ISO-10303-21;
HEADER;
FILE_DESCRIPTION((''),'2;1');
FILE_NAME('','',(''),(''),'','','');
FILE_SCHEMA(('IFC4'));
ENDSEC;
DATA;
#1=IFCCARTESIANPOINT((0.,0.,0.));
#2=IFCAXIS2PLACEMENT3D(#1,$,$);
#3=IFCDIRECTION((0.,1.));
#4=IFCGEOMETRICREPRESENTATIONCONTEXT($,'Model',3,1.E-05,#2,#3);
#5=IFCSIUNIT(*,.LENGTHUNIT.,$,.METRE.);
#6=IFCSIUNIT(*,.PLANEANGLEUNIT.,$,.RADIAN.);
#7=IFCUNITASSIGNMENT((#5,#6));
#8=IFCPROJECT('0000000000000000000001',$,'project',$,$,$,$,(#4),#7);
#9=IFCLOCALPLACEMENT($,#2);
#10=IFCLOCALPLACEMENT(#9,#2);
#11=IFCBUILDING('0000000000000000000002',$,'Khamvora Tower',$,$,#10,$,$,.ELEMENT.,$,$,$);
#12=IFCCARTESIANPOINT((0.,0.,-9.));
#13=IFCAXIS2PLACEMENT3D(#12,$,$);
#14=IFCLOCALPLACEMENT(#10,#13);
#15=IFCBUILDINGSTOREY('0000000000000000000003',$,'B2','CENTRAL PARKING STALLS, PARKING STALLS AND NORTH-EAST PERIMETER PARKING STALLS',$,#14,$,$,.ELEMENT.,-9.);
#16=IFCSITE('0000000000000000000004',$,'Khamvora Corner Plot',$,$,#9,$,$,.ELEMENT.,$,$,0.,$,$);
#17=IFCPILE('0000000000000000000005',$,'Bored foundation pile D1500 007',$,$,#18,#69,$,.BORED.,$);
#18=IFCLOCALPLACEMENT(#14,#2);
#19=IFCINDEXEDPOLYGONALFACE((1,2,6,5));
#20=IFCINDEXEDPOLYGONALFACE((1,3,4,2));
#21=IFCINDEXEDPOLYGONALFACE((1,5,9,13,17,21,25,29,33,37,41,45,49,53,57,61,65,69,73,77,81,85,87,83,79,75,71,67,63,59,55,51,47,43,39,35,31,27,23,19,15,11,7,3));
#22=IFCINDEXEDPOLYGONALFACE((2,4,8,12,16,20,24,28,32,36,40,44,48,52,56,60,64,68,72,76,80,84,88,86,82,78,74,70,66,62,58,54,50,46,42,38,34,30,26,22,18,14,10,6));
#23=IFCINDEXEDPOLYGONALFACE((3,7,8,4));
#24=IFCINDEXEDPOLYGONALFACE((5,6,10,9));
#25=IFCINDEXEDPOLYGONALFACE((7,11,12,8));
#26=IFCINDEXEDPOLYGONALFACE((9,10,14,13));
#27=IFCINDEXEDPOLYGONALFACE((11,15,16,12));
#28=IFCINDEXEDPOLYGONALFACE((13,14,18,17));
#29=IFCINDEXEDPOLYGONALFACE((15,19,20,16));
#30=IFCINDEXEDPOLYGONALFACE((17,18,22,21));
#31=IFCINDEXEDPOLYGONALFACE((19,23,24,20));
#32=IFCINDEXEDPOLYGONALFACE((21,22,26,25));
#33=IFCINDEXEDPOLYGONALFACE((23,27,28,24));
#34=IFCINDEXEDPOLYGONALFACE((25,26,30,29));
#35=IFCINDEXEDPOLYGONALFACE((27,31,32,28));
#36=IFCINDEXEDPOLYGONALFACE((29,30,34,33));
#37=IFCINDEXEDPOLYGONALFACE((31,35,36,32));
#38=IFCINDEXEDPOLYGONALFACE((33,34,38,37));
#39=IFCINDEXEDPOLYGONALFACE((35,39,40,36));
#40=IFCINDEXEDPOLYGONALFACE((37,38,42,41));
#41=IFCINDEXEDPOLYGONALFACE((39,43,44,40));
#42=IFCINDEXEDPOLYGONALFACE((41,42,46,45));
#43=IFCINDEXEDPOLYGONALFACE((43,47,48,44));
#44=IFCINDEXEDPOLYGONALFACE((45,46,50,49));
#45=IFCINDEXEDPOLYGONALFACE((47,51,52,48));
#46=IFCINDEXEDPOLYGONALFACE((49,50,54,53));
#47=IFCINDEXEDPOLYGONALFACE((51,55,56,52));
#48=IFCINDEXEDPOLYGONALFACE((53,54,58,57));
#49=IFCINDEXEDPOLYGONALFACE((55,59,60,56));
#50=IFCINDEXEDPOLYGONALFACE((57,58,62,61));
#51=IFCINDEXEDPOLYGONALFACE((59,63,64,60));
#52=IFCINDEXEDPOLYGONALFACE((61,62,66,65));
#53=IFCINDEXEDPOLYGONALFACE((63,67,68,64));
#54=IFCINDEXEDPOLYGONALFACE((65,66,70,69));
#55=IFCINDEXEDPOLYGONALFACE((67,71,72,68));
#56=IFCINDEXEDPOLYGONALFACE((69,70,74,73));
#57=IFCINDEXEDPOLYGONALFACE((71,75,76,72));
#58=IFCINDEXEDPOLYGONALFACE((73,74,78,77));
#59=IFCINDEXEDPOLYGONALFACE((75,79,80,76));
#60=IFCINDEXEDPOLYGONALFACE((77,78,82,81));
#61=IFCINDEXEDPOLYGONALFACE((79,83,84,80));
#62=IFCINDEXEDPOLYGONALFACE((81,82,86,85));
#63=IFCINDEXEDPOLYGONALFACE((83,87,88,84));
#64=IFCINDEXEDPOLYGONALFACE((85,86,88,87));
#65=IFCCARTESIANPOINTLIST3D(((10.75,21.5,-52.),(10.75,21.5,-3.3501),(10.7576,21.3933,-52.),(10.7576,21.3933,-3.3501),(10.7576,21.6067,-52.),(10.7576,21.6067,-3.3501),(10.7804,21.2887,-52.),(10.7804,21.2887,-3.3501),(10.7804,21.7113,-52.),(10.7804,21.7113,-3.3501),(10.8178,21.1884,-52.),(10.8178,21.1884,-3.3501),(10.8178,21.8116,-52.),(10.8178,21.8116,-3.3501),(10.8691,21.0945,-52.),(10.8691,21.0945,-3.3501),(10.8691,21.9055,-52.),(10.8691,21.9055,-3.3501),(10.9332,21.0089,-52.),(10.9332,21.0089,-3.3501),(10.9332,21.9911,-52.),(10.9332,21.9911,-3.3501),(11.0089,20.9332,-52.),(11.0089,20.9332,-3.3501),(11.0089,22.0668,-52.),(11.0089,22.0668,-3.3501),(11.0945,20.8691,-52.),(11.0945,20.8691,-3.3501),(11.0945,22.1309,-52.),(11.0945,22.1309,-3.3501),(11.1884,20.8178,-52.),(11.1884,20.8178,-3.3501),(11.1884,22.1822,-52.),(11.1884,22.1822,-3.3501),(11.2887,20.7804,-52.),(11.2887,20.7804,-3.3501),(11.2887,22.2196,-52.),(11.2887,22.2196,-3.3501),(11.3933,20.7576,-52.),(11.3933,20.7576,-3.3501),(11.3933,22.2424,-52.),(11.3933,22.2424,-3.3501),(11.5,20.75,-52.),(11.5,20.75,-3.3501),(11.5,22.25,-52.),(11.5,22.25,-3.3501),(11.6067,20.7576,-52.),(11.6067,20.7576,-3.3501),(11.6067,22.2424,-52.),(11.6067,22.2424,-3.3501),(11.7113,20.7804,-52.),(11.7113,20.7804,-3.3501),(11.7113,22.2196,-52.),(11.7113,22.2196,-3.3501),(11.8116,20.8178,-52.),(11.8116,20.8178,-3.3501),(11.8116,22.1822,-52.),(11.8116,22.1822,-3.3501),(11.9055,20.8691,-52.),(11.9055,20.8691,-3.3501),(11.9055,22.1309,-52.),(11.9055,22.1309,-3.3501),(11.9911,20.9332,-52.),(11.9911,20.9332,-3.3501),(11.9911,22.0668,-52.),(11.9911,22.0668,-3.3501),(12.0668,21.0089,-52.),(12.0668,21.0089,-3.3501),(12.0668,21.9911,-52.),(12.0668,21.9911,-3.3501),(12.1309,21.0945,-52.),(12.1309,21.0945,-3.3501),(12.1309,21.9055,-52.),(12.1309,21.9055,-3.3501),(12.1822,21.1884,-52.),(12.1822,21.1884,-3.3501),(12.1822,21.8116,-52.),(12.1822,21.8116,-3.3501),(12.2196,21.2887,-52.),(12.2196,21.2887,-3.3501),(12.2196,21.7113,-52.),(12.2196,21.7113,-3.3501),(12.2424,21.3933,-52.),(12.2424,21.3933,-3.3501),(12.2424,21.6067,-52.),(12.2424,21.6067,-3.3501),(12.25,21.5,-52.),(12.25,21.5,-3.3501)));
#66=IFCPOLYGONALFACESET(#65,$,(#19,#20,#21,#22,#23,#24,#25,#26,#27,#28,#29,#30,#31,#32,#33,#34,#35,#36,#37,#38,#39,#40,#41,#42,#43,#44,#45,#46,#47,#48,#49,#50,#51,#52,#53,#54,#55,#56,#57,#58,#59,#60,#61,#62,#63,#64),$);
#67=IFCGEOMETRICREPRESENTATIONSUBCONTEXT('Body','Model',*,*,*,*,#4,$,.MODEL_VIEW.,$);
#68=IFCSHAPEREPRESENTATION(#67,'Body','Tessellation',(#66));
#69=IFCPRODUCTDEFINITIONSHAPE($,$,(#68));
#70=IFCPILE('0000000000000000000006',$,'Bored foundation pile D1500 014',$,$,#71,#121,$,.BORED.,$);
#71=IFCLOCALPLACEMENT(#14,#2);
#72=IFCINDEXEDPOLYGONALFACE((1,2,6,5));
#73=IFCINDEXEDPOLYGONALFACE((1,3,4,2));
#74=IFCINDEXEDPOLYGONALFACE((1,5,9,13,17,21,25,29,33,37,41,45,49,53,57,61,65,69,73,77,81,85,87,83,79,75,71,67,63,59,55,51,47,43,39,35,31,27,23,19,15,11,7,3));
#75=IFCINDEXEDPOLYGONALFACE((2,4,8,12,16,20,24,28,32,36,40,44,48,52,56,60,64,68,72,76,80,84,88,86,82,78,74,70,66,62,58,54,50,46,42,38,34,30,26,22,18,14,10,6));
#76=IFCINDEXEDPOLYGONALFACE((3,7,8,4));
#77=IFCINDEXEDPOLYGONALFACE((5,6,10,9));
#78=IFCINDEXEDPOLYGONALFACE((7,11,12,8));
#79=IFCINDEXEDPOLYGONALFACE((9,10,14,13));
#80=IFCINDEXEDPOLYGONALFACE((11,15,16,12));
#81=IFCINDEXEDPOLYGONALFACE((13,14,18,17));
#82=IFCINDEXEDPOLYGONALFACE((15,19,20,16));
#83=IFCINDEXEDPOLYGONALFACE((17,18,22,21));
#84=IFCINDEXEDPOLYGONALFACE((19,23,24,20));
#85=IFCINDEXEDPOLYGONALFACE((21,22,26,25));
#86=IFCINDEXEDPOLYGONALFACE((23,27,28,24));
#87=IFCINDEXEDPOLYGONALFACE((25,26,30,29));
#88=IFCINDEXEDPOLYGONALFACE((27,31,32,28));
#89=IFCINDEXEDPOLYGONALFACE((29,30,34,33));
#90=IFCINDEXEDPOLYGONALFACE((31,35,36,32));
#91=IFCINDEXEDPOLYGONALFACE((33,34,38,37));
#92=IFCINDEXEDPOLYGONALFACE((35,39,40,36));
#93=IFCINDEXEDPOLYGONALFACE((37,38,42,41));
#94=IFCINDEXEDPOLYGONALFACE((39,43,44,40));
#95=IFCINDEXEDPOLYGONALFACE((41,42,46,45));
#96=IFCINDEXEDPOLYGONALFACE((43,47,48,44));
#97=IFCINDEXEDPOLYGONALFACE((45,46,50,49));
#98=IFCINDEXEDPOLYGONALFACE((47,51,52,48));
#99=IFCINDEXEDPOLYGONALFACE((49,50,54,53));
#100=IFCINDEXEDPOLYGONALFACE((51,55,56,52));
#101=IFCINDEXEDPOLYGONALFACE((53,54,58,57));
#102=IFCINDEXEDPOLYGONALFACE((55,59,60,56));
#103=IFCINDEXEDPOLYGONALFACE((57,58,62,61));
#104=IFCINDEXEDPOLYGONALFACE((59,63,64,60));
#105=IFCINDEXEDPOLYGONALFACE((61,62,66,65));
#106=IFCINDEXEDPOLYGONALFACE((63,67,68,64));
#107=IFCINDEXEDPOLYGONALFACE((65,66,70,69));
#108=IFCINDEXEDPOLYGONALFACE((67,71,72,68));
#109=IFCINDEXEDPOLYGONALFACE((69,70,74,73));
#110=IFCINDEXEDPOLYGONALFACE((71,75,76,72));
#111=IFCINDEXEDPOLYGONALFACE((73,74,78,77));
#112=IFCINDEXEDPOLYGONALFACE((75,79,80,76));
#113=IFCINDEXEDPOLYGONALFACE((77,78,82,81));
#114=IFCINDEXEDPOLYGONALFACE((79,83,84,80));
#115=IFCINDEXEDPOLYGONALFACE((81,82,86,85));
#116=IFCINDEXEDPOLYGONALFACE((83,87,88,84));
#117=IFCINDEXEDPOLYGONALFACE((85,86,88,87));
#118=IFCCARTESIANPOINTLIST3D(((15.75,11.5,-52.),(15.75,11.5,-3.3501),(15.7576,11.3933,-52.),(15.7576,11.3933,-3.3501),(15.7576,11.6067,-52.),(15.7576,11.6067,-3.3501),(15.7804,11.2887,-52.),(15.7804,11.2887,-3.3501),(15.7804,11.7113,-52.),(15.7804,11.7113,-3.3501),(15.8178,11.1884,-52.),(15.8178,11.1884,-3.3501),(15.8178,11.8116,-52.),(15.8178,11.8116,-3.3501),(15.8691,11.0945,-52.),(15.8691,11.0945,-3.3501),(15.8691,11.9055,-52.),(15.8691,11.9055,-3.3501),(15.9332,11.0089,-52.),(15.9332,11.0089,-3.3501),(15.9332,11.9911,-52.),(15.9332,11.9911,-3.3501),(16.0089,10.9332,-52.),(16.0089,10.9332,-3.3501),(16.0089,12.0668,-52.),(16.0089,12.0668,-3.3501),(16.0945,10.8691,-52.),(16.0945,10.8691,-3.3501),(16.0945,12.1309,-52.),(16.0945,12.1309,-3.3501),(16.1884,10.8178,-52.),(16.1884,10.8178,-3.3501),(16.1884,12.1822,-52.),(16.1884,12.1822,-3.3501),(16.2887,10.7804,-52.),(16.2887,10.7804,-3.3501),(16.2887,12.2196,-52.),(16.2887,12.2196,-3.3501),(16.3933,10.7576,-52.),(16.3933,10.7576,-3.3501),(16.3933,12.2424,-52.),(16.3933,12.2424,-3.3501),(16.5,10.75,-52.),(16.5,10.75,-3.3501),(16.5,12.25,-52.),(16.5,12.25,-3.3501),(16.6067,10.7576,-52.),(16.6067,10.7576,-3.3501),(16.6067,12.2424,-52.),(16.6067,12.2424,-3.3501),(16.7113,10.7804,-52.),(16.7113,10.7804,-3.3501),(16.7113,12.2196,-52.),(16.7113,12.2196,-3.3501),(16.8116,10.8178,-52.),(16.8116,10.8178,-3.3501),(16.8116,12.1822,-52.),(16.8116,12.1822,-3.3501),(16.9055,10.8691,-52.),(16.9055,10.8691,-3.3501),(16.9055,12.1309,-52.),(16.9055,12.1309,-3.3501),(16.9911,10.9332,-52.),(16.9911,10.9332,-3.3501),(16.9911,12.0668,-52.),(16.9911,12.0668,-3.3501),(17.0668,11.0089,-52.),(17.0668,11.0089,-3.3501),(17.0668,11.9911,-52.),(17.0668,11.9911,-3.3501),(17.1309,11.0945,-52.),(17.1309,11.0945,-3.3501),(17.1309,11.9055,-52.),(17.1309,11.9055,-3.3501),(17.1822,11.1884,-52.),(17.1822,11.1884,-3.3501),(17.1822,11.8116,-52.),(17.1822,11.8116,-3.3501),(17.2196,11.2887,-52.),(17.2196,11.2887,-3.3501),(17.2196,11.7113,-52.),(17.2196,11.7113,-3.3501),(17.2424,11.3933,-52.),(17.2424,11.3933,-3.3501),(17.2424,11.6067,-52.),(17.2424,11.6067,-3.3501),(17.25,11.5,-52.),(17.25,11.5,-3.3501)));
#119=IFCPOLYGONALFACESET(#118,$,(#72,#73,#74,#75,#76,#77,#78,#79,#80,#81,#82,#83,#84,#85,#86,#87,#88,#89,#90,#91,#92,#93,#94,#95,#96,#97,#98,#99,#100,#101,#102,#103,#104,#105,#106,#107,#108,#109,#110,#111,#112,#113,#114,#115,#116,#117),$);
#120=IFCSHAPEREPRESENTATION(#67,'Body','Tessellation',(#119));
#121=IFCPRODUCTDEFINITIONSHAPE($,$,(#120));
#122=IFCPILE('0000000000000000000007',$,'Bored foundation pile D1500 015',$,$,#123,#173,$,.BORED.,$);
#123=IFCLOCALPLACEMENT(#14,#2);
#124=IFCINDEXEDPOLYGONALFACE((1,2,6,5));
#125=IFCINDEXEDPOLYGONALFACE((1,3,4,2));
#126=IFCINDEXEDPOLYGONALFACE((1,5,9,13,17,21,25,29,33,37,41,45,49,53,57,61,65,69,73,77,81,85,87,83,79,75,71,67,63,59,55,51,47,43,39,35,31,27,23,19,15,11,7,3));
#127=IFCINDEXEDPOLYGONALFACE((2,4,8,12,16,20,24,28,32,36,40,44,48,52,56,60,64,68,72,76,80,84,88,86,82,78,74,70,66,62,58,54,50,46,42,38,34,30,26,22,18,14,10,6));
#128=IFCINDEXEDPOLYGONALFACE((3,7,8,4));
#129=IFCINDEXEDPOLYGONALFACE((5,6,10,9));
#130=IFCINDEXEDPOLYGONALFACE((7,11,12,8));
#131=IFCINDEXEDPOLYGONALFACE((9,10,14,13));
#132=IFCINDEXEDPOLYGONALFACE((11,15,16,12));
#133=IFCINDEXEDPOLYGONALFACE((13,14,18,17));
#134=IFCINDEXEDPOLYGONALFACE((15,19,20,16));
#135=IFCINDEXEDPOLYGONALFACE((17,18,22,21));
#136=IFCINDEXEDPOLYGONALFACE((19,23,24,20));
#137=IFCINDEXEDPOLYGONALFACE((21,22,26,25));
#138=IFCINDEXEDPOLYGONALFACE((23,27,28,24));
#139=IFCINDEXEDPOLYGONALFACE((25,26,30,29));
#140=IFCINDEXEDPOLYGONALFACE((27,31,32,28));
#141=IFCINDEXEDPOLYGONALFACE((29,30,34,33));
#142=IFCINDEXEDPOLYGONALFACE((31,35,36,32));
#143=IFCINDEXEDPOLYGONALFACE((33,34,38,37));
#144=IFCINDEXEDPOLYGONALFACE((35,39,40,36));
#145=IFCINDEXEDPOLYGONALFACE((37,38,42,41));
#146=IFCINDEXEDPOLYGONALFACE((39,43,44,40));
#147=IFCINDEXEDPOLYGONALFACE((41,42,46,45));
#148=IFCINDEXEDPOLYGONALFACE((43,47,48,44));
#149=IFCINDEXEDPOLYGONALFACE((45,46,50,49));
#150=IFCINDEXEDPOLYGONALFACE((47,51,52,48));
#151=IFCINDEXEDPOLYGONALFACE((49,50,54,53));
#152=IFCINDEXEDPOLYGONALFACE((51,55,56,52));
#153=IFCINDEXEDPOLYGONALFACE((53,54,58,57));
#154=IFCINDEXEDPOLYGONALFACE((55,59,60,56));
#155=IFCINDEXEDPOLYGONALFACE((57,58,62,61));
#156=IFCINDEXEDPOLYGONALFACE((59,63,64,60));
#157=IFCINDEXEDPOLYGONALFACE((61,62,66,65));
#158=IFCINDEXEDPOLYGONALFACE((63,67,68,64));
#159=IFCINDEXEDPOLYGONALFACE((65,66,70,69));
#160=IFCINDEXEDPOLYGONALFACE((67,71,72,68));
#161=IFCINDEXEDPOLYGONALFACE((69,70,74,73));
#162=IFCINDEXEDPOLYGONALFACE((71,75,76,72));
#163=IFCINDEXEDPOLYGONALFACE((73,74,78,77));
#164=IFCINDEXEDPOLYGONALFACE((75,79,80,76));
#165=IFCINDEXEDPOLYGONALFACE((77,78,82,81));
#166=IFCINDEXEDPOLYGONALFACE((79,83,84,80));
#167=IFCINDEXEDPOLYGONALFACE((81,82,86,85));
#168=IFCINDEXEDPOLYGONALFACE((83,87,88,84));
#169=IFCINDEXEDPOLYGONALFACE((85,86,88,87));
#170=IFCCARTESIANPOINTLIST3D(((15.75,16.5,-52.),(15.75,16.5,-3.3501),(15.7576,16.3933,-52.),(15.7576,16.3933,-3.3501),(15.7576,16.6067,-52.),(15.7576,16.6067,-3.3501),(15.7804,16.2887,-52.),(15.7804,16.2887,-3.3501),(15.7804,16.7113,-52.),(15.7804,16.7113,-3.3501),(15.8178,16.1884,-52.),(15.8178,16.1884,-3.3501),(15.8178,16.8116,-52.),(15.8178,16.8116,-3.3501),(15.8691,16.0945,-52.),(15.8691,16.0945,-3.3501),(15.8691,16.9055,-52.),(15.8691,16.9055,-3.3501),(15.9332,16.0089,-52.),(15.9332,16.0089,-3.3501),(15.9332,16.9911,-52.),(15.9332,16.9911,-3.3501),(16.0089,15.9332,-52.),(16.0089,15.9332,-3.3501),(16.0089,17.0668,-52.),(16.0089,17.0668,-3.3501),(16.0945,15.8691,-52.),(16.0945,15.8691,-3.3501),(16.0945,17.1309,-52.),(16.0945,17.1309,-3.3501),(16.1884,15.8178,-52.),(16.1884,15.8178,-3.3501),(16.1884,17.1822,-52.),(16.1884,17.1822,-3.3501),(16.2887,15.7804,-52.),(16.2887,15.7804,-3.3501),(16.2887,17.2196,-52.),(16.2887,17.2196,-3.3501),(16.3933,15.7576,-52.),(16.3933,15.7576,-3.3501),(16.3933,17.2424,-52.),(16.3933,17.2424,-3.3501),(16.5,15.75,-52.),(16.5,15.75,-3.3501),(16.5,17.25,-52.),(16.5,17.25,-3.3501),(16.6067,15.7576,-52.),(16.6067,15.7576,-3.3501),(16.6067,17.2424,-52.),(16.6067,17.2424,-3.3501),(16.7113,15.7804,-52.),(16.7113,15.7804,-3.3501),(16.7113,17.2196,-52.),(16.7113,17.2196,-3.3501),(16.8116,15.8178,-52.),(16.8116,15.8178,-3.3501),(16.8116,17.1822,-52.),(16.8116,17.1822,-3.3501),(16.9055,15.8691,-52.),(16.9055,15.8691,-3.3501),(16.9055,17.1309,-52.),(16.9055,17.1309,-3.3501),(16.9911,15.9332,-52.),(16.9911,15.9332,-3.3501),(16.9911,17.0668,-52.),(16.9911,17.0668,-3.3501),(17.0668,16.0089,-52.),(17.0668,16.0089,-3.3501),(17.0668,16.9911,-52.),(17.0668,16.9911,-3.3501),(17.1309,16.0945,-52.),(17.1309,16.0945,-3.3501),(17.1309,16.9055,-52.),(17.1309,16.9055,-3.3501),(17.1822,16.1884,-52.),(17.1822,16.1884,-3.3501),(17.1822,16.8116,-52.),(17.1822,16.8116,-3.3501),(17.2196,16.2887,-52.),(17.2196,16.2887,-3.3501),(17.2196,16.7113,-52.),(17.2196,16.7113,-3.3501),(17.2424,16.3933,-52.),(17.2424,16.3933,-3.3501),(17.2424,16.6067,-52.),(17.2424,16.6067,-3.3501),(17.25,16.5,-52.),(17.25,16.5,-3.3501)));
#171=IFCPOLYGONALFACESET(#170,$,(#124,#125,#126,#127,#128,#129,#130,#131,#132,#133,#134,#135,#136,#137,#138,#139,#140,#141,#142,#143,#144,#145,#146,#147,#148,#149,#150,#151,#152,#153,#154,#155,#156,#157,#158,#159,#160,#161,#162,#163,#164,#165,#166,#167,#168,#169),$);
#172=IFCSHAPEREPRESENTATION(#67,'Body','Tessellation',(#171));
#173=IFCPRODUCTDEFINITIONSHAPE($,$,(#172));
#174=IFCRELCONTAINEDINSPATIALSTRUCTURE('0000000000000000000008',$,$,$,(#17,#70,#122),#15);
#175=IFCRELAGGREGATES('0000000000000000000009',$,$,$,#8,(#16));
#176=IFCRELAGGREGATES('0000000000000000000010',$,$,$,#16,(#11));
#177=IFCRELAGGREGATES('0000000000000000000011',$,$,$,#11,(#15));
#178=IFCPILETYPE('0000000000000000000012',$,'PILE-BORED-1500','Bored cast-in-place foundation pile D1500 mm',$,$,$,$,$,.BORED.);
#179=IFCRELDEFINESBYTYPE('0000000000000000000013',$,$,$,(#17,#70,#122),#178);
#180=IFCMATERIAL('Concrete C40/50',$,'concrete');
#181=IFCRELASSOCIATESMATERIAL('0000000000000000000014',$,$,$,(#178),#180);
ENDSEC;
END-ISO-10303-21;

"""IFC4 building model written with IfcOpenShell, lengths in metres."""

from ifc_helpers import new_model, si_unit, direction, frame, origin, origin_2d, place, context, subcontext, project, spatial, circle, extrude, material, material_profile, profile_set, type_object, element, save


model = new_model("IFC4")

# Units and contexts
model_context = context("Model", 3, precision=1e-05, world=origin(), true_north=direction((0.0, 1.0)))
body_context = subcontext(model_context, "Body", "Model", "MODEL_VIEW")
ifc_project = project(units=[si_unit("LENGTHUNIT", "METRE"), si_unit("PLANEANGLEUNIT", "RADIAN")], contexts=[model_context])

# Site, building, storey
site_placement = place(None, origin())
site = spatial("IfcSite", under=ifc_project, at=site_placement, Name="Khamvora Corner Plot", CompositionType="ELEMENT", RefElevation=0.0)
building_placement = place(site_placement, origin())
building = spatial("IfcBuilding", under=site, at=building_placement, Name="Khamvora Tower", CompositionType="ELEMENT")
storey_placement = place(building_placement, frame((0.0, 0.0, -9.0)))
storey = spatial("IfcBuildingStorey", under=building, at=storey_placement, Name="B2", Description="CENTRAL PARKING STALLS, PARKING STALLS AND NORTH-EAST PERIMETER PARKING STALLS", CompositionType="ELEMENT", Elevation=-9.0)

# Piles
ifc_material_1 = material(Name="Concrete C40/50", Category="concrete")
ifc_material_profile_1 = material_profile(ifc_material_1, circle(Radius=0.75, at=origin_2d()), Name="PILE_D1500")
ifc_profile_set_1 = profile_set([ifc_material_profile_1], Name="Concrete C40/50")
pile_type_1 = type_object("IfcPileType", Name="PILE-BORED-1500", Description="Bored cast-in-place foundation pile D1500 mm", PredefinedType="BORED", material=ifc_profile_set_1)
for number, where, z_axis, x_axis, name in (
    (1, (11.5, 21.5, -3.3501), (0.0, 0.0, -1.0), (1.0, 0.0, 0.0), "Bored foundation pile D1500 007"),
    (2, (16.5, 11.5, -3.3501), (0.0, 0.0, -1.0), (1.0, 0.0, 0.0), "Bored foundation pile D1500 014"),
    (3, (16.5, 16.5, -3.3501), (0.0, 0.0, -1.0), (1.0, 0.0, 0.0), "Bored foundation pile D1500 015"),
):
    element("IfcPile", number, at=place(storey_placement, frame(where, z_axis=z_axis, x_axis=x_axis)), inside=storey, type_object=pile_type_1, Name=name, PredefinedType="BORED", context=body_context, shape_type="SweptSolid", body=[
        extrude(circle(Radius=0.75, at=origin_2d()), origin(), (0.0, 0.0, 1.0), 48.6499),
    ])

save(model, "model.ifc")
